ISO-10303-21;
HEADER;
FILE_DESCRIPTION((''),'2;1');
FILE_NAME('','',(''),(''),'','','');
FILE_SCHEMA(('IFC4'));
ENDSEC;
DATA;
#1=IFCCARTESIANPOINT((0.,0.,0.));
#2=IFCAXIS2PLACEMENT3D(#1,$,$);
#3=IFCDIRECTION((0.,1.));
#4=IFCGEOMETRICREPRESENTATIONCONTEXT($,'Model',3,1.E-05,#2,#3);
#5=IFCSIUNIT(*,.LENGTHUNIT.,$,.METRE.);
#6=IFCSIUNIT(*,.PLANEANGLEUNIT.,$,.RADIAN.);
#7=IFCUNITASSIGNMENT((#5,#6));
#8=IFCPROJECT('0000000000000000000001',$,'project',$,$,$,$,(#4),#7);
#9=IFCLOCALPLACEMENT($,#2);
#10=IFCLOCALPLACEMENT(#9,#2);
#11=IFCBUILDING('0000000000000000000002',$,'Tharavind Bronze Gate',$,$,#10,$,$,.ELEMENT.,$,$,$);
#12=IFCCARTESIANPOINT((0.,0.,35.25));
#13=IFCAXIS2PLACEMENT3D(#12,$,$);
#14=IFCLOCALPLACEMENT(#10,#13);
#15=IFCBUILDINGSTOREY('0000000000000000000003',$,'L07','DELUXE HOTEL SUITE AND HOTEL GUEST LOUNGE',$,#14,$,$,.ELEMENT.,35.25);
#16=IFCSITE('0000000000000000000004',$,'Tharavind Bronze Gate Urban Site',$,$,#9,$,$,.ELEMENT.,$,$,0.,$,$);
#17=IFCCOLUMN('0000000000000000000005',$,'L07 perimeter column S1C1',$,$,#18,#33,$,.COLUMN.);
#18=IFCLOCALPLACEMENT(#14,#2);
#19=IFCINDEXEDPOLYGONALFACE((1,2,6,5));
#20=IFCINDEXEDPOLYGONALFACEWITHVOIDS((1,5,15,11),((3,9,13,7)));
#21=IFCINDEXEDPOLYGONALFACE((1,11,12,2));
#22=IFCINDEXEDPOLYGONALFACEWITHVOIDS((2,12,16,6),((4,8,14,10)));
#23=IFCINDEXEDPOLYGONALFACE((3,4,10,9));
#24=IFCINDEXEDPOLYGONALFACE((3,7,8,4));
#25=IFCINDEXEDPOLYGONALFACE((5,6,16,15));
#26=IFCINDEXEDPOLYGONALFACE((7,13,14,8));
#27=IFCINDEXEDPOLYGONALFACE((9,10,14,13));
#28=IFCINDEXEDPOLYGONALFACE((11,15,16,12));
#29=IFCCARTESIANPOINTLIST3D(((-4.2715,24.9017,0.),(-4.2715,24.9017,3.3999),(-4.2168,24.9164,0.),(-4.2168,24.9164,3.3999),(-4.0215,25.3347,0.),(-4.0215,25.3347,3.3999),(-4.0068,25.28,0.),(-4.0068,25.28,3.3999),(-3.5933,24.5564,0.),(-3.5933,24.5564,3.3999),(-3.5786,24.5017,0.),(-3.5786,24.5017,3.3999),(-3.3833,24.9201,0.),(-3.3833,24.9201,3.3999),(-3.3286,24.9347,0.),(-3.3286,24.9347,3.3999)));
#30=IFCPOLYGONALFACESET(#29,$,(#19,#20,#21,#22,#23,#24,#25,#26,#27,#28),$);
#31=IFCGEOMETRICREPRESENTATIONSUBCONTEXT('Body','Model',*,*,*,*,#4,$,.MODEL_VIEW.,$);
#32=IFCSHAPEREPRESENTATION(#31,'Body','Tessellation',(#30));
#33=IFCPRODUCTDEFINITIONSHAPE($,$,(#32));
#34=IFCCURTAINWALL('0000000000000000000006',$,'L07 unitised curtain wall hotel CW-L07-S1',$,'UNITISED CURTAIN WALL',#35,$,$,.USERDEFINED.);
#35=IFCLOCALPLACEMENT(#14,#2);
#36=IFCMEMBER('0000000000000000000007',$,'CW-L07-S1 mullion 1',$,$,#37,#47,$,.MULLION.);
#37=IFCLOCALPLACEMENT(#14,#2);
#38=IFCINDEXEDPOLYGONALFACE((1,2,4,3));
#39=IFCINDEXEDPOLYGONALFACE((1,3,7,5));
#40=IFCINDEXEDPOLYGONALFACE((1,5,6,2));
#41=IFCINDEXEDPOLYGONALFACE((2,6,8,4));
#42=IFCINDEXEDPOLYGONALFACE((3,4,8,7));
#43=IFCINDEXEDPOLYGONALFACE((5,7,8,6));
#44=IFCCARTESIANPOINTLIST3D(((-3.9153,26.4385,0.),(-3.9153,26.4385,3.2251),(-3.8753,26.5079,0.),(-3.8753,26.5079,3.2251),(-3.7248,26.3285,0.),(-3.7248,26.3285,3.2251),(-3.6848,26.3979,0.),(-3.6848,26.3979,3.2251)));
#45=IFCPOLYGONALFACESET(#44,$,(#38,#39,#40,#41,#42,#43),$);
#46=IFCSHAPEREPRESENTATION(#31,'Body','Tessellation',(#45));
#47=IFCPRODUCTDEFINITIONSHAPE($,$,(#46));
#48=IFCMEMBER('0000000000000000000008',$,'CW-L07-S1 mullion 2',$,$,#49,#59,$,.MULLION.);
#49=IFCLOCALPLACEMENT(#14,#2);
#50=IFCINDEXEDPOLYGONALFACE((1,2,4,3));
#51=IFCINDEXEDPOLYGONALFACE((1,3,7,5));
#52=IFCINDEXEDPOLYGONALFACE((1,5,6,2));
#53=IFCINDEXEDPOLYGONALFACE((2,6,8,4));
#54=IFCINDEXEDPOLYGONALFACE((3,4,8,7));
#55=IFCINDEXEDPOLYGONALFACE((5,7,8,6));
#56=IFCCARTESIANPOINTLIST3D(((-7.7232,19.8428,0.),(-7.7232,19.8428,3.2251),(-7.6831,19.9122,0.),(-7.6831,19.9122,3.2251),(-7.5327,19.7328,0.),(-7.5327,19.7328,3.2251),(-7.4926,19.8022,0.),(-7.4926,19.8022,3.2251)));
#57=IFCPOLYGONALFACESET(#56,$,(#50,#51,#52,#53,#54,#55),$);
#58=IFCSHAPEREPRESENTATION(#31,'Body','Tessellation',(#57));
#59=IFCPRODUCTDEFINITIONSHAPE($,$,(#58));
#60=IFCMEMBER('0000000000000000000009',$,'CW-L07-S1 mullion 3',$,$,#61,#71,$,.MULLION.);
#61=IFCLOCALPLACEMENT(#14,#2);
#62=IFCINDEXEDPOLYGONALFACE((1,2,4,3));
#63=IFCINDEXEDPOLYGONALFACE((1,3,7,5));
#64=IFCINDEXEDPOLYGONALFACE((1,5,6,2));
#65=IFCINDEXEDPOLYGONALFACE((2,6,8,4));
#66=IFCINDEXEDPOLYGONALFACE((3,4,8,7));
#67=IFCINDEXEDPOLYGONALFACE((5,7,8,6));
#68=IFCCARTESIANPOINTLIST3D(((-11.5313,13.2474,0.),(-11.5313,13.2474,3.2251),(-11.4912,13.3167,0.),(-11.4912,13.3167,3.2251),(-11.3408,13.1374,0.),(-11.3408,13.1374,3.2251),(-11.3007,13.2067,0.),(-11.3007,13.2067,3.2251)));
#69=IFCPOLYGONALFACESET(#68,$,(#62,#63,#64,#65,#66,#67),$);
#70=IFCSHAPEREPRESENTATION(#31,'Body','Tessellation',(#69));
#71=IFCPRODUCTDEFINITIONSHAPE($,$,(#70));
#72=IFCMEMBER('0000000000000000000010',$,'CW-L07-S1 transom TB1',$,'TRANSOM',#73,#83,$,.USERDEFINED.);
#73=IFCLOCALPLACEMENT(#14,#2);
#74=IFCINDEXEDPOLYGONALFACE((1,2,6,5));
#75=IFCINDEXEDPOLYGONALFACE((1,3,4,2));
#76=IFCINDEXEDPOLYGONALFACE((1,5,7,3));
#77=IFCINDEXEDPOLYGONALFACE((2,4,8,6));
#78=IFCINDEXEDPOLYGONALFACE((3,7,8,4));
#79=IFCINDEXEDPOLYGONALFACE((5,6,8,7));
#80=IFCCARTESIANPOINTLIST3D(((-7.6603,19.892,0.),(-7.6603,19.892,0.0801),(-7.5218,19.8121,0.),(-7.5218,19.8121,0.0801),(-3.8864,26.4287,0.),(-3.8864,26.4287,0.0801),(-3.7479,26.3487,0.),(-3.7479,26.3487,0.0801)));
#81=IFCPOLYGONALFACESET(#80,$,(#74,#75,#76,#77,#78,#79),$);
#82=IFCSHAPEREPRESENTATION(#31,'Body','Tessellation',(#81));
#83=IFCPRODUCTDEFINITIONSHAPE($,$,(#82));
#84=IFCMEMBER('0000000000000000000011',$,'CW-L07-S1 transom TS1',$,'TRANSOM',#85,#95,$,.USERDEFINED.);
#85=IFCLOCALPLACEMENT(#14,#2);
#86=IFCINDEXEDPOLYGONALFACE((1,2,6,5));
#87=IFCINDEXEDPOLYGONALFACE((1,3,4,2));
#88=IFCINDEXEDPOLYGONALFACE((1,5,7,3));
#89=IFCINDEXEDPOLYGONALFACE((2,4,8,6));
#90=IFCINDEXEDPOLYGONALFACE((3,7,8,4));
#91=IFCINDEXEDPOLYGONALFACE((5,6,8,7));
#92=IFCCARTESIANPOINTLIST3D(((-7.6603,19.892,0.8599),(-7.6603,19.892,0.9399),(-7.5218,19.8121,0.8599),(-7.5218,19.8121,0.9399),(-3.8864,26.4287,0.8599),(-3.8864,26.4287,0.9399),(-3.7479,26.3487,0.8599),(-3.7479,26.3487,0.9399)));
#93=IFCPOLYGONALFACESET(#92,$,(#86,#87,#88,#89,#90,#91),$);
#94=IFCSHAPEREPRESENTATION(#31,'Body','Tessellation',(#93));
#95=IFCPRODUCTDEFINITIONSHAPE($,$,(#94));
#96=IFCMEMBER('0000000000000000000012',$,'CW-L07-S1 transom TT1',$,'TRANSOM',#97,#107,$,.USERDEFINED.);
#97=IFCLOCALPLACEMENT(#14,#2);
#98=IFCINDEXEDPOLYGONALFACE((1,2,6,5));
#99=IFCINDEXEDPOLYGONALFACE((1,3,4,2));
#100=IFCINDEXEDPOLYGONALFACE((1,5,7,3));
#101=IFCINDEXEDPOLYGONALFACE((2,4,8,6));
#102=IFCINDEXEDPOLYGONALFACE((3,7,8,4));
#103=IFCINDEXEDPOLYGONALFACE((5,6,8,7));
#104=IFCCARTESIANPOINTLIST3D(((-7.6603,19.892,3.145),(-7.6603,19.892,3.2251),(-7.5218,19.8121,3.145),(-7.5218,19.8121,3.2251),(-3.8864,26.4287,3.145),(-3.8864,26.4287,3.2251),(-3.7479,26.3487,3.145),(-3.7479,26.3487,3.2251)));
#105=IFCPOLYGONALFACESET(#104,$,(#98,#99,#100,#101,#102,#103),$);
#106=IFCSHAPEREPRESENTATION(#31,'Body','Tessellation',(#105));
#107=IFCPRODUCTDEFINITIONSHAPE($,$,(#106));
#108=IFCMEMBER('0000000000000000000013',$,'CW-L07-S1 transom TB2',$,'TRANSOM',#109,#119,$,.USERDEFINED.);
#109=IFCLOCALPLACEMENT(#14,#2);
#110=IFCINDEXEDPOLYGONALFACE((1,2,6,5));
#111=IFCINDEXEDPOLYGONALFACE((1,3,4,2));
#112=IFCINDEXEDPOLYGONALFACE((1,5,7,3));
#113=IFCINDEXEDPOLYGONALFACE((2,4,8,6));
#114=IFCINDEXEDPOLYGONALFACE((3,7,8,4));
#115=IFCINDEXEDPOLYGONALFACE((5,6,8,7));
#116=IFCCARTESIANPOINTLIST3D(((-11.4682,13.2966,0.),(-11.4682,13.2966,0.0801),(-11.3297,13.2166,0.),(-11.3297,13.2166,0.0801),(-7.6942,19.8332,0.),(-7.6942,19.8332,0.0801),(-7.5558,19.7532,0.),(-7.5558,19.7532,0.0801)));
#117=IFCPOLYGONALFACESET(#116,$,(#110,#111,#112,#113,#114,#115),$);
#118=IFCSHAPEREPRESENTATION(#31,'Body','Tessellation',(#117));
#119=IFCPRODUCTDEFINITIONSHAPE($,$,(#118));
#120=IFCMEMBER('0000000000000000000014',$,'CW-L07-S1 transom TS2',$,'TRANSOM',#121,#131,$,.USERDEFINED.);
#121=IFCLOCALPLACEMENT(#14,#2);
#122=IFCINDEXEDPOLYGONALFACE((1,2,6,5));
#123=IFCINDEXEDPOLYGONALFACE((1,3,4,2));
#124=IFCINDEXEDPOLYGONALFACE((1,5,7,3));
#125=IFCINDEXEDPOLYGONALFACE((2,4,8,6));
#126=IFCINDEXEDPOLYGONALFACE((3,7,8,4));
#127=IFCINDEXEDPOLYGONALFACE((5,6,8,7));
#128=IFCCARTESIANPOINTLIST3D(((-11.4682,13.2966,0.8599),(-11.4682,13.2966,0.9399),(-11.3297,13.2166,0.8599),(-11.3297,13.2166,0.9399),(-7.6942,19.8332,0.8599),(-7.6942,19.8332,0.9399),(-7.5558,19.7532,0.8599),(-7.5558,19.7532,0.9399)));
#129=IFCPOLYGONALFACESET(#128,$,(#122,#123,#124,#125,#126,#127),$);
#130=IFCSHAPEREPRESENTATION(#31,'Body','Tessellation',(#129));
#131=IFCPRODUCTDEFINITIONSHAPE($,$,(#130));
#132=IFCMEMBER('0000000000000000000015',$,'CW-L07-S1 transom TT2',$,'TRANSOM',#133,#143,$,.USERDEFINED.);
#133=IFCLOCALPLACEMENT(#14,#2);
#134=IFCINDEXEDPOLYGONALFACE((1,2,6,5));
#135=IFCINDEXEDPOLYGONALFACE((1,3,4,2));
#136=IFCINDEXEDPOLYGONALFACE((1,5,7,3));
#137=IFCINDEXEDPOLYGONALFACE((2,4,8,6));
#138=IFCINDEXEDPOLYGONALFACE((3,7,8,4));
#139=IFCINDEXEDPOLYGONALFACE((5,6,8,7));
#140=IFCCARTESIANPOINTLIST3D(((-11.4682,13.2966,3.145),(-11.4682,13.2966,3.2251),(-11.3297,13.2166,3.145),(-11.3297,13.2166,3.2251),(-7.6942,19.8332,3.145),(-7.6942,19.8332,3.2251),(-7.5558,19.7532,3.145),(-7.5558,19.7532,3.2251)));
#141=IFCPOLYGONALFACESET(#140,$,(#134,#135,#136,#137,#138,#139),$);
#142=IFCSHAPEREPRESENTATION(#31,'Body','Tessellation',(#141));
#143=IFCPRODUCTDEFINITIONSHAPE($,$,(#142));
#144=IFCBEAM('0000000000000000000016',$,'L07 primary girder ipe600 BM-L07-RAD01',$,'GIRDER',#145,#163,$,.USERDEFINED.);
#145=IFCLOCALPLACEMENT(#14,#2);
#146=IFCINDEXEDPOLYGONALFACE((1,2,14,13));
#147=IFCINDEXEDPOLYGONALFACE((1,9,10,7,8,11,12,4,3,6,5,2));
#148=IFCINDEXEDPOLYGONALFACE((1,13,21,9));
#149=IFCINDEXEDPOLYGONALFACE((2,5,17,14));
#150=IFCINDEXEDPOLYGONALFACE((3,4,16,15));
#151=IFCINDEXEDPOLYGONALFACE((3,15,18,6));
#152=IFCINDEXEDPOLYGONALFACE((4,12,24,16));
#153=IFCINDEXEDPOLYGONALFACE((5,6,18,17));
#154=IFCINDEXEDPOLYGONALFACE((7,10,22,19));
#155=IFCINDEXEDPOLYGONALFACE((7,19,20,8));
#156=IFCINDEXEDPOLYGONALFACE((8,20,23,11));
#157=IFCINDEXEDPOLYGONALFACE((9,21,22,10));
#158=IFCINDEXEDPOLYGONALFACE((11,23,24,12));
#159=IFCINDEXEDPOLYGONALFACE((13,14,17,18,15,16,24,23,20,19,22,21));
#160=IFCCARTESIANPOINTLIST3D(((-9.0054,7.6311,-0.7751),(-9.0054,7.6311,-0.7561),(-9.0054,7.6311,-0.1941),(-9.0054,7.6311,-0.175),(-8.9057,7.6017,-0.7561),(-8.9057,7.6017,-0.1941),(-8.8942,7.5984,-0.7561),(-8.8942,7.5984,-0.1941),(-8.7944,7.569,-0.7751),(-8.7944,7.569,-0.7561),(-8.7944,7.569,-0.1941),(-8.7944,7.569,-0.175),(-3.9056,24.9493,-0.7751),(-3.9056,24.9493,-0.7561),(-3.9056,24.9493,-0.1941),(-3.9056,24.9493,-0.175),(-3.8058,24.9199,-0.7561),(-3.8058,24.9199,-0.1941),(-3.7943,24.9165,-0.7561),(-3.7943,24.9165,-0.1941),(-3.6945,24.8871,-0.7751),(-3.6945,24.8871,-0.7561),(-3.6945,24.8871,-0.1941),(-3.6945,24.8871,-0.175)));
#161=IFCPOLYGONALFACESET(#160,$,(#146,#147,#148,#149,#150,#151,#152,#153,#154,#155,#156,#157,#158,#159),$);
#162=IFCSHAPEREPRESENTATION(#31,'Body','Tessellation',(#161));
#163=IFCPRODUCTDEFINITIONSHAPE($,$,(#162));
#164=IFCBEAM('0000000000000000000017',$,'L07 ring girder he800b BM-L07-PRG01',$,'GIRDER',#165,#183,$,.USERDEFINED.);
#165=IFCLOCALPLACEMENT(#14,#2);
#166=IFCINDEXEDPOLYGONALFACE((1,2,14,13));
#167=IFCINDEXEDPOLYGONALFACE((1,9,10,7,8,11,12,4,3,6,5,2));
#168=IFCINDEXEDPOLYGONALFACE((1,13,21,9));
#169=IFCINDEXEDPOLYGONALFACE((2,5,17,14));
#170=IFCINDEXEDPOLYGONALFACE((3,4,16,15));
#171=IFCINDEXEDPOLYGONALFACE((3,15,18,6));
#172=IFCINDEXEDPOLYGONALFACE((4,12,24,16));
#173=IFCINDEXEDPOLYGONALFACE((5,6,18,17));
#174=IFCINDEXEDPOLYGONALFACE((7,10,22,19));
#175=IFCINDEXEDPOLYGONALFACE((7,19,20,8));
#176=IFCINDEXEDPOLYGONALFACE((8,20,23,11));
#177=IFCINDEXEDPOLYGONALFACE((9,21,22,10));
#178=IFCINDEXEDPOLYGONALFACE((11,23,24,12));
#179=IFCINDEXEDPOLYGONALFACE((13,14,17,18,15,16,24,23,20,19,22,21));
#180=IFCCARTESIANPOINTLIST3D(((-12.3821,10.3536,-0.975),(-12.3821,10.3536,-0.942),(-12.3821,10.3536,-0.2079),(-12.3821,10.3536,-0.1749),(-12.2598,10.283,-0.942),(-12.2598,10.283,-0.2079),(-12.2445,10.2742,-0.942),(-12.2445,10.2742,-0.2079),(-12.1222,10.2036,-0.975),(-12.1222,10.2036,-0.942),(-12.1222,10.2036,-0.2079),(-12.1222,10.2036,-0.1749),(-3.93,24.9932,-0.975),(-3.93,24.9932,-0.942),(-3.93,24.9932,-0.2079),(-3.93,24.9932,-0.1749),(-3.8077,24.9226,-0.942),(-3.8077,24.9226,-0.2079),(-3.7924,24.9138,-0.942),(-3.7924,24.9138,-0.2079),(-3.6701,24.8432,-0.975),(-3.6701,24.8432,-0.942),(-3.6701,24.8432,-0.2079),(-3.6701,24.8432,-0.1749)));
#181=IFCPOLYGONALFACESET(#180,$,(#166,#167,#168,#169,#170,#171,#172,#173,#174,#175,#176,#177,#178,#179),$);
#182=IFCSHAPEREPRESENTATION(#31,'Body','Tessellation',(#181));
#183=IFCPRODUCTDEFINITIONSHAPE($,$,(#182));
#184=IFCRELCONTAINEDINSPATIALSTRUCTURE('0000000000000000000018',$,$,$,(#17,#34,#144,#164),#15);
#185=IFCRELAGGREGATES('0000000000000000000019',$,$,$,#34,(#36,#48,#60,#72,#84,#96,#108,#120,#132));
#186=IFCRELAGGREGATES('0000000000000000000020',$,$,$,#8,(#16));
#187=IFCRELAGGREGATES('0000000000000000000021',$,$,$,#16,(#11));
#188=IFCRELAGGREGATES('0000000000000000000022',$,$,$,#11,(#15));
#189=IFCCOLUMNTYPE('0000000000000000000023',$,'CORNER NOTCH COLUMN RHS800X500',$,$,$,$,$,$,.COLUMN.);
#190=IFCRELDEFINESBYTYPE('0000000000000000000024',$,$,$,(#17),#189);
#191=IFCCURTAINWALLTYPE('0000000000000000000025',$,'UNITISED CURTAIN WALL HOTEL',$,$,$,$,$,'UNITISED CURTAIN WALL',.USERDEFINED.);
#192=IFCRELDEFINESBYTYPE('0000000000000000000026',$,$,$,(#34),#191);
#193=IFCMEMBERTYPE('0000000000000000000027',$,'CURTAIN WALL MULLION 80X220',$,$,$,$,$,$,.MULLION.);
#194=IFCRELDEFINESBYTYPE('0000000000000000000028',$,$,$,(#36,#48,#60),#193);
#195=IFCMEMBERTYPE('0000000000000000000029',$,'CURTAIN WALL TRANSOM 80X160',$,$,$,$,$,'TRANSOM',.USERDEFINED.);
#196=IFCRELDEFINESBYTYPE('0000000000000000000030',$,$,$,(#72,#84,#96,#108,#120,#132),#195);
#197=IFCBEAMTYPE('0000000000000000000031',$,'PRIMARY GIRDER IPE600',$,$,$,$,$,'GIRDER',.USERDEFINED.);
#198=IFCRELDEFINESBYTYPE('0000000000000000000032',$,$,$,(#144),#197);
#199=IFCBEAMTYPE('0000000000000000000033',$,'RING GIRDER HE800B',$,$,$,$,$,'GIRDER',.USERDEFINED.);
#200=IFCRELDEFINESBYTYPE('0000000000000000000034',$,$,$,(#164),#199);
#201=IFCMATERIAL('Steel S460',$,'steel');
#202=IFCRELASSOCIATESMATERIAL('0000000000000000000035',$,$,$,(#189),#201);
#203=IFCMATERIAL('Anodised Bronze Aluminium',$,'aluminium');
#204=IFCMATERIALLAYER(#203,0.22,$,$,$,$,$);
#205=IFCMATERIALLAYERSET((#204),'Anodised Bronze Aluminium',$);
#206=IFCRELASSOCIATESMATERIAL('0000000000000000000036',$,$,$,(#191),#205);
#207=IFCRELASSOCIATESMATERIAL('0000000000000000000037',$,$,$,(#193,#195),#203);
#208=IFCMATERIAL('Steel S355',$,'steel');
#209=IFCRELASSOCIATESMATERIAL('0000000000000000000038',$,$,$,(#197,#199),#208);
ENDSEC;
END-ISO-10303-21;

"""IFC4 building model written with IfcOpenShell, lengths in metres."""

from ifc_helpers import new_model, si_unit, direction, frame, origin, origin_2d, place, context, subcontext, project, spatial, rectangle, hollow_rectangle, i_section, extrude, material, layer, layer_set, material_profile, profile_set, type_object, element, aggregate, save


model = new_model("IFC4")

# Units and contexts
model_context = context("Model", 3, precision=1e-05, world=origin(), true_north=direction((0.0, 1.0)))
body_context = subcontext(model_context, "Body", "Model", "MODEL_VIEW")
ifc_project = project(units=[si_unit("LENGTHUNIT", "METRE"), si_unit("PLANEANGLEUNIT", "RADIAN")], contexts=[model_context])

# Site, building, storey
site_placement = place(None, origin())
site = spatial("IfcSite", under=ifc_project, at=site_placement, Name="Tharavind Bronze Gate Urban Site", CompositionType="ELEMENT", RefElevation=0.0)
building_placement = place(site_placement, origin())
building = spatial("IfcBuilding", under=site, at=building_placement, Name="Tharavind Bronze Gate", CompositionType="ELEMENT")
storey_placement = place(building_placement, frame((0.0, 0.0, 35.25)))
storey = spatial("IfcBuildingStorey", under=building, at=storey_placement, Name="L07", Description="DELUXE HOTEL SUITE AND HOTEL GUEST LOUNGE", CompositionType="ELEMENT", Elevation=35.25)

# Column
ifc_material_1 = material(Name="Steel S460", Category="steel")
ifc_material_profile_1 = material_profile(ifc_material_1, hollow_rectangle(XDim=0.5, YDim=0.8, WallThickness=0.04, at=origin_2d()), Name="RHS800X500X40")
ifc_profile_set_1 = profile_set([ifc_material_profile_1], Name="Steel S460")
column_type = type_object("IfcColumnType", Name="CORNER NOTCH COLUMN RHS800X500", PredefinedType="COLUMN", material=ifc_profile_set_1)
column_placement = place(storey_placement, frame((-3.8, 24.9182, 0.0), z_axis=(0.0, 0.0, 1.0), x_axis=(0.500002, 0.866025, 0.0)))
element("IfcColumn", 1, at=column_placement, inside=storey, type_object=column_type, Name="L07 perimeter column S1C1", PredefinedType="COLUMN", context=body_context, shape_type="SweptSolid", body=[
    extrude(hollow_rectangle(XDim=0.5, YDim=0.8, WallThickness=0.04, at=origin_2d()), origin(), (0.0, 0.0, 1.0), 3.3999),
])

# Curtain wall, members
ifc_material_2 = material(Name="Anodised Bronze Aluminium", Category="aluminium")
ifc_layer_1 = layer(ifc_material_2, 0.22)
ifc_layer_set_1 = layer_set([ifc_layer_1], Name="Anodised Bronze Aluminium")
curtain_wall_type = type_object("IfcCurtainWallType", Name="UNITISED CURTAIN WALL HOTEL", ElementType="UNITISED CURTAIN WALL", PredefinedType="USERDEFINED", material=ifc_layer_set_1)
curtain_wall_placement = place(storey_placement, origin())
curtain_wall = element("IfcCurtainWall", 2, at=curtain_wall_placement, inside=storey, type_object=curtain_wall_type, Name="L07 unitised curtain wall hotel CW-L07-S1", ObjectType="UNITISED CURTAIN WALL", PredefinedType="USERDEFINED")
member_type_1 = type_object("IfcMemberType", Name="CURTAIN WALL MULLION 80X220", PredefinedType="MULLION", material=ifc_material_2)
member_1_placement = place(storey_placement, frame((-3.8, 26.4182, 0.0), z_axis=(0.0, 0.0, 1.0), x_axis=(-0.500002, -0.866025, 0.0)))
member_1 = element("IfcMember", 3, at=member_1_placement, type_object=member_type_1, Name="CW-L07-S1 mullion 1", PredefinedType="MULLION", context=body_context, shape_type="SweptSolid", body=[
    extrude(rectangle(XDim=0.0801, YDim=0.22, at=origin_2d()), origin(), (0.0, 0.0, 1.0), 3.2251),
])
member_2_placement = place(storey_placement, frame((-7.6079, 19.8225, 0.0), z_axis=(0.0, 0.0, 1.0), x_axis=(-0.500002, -0.866025, 0.0)))
member_2 = element("IfcMember", 4, at=member_2_placement, type_object=member_type_1, Name="CW-L07-S1 mullion 2", PredefinedType="MULLION", context=body_context, shape_type="SweptSolid", body=[
    extrude(rectangle(XDim=0.0801, YDim=0.22, at=origin_2d()), origin(), (0.0, 0.0, 1.0), 3.2251),
])
member_3_placement = place(storey_placement, frame((-11.416, 13.2271, 0.0), z_axis=(0.0, 0.0, 1.0), x_axis=(-0.500002, -0.866025, 0.0)))
member_3 = element("IfcMember", 5, at=member_3_placement, type_object=member_type_1, Name="CW-L07-S1 mullion 3", PredefinedType="MULLION", context=body_context, shape_type="SweptSolid", body=[
    extrude(rectangle(XDim=0.0801, YDim=0.22, at=origin_2d()), origin(), (0.0, 0.0, 1.0), 3.2251),
])
member_type_2 = type_object("IfcMemberType", Name="CURTAIN WALL TRANSOM 80X160", ElementType="TRANSOM", PredefinedType="USERDEFINED", material=ifc_material_2)
member_4_placement = place(storey_placement, frame((-5.7041, 23.1204, 0.0), z_axis=(0.0, 0.0, 1.0), x_axis=(-0.500002, -0.866025, 0.0)))
member_4 = element("IfcMember", 6, at=member_4_placement, type_object=member_type_2, Name="CW-L07-S1 transom TB1", ObjectType="TRANSOM", PredefinedType="USERDEFINED", context=body_context, shape_type="SweptSolid", body=[
    extrude(rectangle(XDim=7.5479, YDim=0.1599, at=origin_2d()), origin(), (0.0, 0.0, 1.0), 0.0801),
])
member_5_placement = place(storey_placement, frame((-5.7041, 23.1204, 0.8599), z_axis=(0.0, 0.0, 1.0), x_axis=(-0.500002, -0.866025, 0.0)))
member_5 = element("IfcMember", 7, at=member_5_placement, type_object=member_type_2, Name="CW-L07-S1 transom TS1", ObjectType="TRANSOM", PredefinedType="USERDEFINED", context=body_context, shape_type="SweptSolid", body=[
    extrude(rectangle(XDim=7.5479, YDim=0.1599, at=origin_2d()), origin(), (0.0, 0.0, 1.0), 0.0801),
])
member_6_placement = place(storey_placement, frame((-5.7041, 23.1204, 3.145), z_axis=(0.0, 0.0, 1.0), x_axis=(-0.500002, -0.866025, 0.0)))
member_6 = element("IfcMember", 8, at=member_6_placement, type_object=member_type_2, Name="CW-L07-S1 transom TT1", ObjectType="TRANSOM", PredefinedType="USERDEFINED", context=body_context, shape_type="SweptSolid", body=[
    extrude(rectangle(XDim=7.5479, YDim=0.1599, at=origin_2d()), origin(), (0.0, 0.0, 1.0), 0.0801),
])
member_7_placement = place(storey_placement, frame((-9.512, 16.5249, 0.0), z_axis=(0.0, 0.0, 1.0), x_axis=(-0.500002, -0.866025, 0.0)))
member_7 = element("IfcMember", 9, at=member_7_placement, type_object=member_type_2, Name="CW-L07-S1 transom TB2", ObjectType="TRANSOM", PredefinedType="USERDEFINED", context=body_context, shape_type="SweptSolid", body=[
    extrude(rectangle(XDim=7.5479, YDim=0.1599, at=origin_2d()), origin(), (0.0, 0.0, 1.0), 0.0801),
])
member_8_placement = place(storey_placement, frame((-9.512, 16.5249, 0.8599), z_axis=(0.0, 0.0, 1.0), x_axis=(-0.500002, -0.866025, 0.0)))
member_8 = element("IfcMember", 10, at=member_8_placement, type_object=member_type_2, Name="CW-L07-S1 transom TS2", ObjectType="TRANSOM", PredefinedType="USERDEFINED", context=body_context, shape_type="SweptSolid", body=[
    extrude(rectangle(XDim=7.5479, YDim=0.1599, at=origin_2d()), origin(), (0.0, 0.0, 1.0), 0.0801),
])
member_9_placement = place(storey_placement, frame((-9.512, 16.5249, 3.145), z_axis=(0.0, 0.0, 1.0), x_axis=(-0.500002, -0.866025, 0.0)))
member_9 = element("IfcMember", 11, at=member_9_placement, type_object=member_type_2, Name="CW-L07-S1 transom TT2", ObjectType="TRANSOM", PredefinedType="USERDEFINED", context=body_context, shape_type="SweptSolid", body=[
    extrude(rectangle(XDim=7.5479, YDim=0.1599, at=origin_2d()), origin(), (0.0, 0.0, 1.0), 0.0801),
])

# Beams
ifc_material_3 = material(Name="Steel S355", Category="steel")
ifc_material_profile_2 = material_profile(ifc_material_3, i_section(OverallWidth=0.22, OverallDepth=0.6001, WebThickness=0.012, FlangeThickness=0.019, at=origin_2d()), Name="IPE600")
ifc_profile_set_2 = profile_set([ifc_material_profile_2], Name="Steel S355")
beam_type_1 = type_object("IfcBeamType", Name="PRIMARY GIRDER IPE600", ElementType="GIRDER", PredefinedType="USERDEFINED", material=ifc_profile_set_2)
beam_1_placement = place(storey_placement, frame((-3.8, 24.9182, -0.4751), z_axis=(-0.282487, -0.959271, 0.0), x_axis=(0.959271, -0.282487, 0.0)))
element("IfcBeam", 12, at=beam_1_placement, inside=storey, type_object=beam_type_1, Name="L07 primary girder ipe600 BM-L07-RAD01", ObjectType="GIRDER", PredefinedType="USERDEFINED", context=body_context, shape_type="SweptSolid", body=[
    extrude(i_section(OverallWidth=0.22, OverallDepth=0.6001, WebThickness=0.012, FlangeThickness=0.019, at=origin_2d()), origin(), (0.0, 0.0, 1.0), 18.0535),
])
ifc_material_profile_3 = material_profile(ifc_material_3, i_section(OverallWidth=0.3, OverallDepth=0.8, WebThickness=0.0176, FlangeThickness=0.033, at=origin_2d()), Name="HE800B")
ifc_profile_set_3 = profile_set([ifc_material_profile_3], Name="Steel S355")
beam_type_2 = type_object("IfcBeamType", Name="RING GIRDER HE800B", ElementType="GIRDER", PredefinedType="USERDEFINED", material=ifc_profile_set_3)
beam_2_placement = place(storey_placement, frame((-3.8, 24.9182, -0.575), z_axis=(-0.499997, -0.866027, 0.0), x_axis=(0.866027, -0.499997, 0.0)))
element("IfcBeam", 13, at=beam_2_placement, inside=storey, type_object=beam_type_2, Name="L07 ring girder he800b BM-L07-PRG01", ObjectType="GIRDER", PredefinedType="USERDEFINED", context=body_context, shape_type="SweptSolid", body=[
    extrude(i_section(OverallWidth=0.3, OverallDepth=0.8, WebThickness=0.0176, FlangeThickness=0.033, at=origin_2d()), origin(), (0.0, 0.0, 1.0), 16.9043),
])

aggregate(curtain_wall, [member_1, member_2, member_3, member_4, member_5, member_6, member_7, member_8, member_9])

save(model, "model.ifc")
